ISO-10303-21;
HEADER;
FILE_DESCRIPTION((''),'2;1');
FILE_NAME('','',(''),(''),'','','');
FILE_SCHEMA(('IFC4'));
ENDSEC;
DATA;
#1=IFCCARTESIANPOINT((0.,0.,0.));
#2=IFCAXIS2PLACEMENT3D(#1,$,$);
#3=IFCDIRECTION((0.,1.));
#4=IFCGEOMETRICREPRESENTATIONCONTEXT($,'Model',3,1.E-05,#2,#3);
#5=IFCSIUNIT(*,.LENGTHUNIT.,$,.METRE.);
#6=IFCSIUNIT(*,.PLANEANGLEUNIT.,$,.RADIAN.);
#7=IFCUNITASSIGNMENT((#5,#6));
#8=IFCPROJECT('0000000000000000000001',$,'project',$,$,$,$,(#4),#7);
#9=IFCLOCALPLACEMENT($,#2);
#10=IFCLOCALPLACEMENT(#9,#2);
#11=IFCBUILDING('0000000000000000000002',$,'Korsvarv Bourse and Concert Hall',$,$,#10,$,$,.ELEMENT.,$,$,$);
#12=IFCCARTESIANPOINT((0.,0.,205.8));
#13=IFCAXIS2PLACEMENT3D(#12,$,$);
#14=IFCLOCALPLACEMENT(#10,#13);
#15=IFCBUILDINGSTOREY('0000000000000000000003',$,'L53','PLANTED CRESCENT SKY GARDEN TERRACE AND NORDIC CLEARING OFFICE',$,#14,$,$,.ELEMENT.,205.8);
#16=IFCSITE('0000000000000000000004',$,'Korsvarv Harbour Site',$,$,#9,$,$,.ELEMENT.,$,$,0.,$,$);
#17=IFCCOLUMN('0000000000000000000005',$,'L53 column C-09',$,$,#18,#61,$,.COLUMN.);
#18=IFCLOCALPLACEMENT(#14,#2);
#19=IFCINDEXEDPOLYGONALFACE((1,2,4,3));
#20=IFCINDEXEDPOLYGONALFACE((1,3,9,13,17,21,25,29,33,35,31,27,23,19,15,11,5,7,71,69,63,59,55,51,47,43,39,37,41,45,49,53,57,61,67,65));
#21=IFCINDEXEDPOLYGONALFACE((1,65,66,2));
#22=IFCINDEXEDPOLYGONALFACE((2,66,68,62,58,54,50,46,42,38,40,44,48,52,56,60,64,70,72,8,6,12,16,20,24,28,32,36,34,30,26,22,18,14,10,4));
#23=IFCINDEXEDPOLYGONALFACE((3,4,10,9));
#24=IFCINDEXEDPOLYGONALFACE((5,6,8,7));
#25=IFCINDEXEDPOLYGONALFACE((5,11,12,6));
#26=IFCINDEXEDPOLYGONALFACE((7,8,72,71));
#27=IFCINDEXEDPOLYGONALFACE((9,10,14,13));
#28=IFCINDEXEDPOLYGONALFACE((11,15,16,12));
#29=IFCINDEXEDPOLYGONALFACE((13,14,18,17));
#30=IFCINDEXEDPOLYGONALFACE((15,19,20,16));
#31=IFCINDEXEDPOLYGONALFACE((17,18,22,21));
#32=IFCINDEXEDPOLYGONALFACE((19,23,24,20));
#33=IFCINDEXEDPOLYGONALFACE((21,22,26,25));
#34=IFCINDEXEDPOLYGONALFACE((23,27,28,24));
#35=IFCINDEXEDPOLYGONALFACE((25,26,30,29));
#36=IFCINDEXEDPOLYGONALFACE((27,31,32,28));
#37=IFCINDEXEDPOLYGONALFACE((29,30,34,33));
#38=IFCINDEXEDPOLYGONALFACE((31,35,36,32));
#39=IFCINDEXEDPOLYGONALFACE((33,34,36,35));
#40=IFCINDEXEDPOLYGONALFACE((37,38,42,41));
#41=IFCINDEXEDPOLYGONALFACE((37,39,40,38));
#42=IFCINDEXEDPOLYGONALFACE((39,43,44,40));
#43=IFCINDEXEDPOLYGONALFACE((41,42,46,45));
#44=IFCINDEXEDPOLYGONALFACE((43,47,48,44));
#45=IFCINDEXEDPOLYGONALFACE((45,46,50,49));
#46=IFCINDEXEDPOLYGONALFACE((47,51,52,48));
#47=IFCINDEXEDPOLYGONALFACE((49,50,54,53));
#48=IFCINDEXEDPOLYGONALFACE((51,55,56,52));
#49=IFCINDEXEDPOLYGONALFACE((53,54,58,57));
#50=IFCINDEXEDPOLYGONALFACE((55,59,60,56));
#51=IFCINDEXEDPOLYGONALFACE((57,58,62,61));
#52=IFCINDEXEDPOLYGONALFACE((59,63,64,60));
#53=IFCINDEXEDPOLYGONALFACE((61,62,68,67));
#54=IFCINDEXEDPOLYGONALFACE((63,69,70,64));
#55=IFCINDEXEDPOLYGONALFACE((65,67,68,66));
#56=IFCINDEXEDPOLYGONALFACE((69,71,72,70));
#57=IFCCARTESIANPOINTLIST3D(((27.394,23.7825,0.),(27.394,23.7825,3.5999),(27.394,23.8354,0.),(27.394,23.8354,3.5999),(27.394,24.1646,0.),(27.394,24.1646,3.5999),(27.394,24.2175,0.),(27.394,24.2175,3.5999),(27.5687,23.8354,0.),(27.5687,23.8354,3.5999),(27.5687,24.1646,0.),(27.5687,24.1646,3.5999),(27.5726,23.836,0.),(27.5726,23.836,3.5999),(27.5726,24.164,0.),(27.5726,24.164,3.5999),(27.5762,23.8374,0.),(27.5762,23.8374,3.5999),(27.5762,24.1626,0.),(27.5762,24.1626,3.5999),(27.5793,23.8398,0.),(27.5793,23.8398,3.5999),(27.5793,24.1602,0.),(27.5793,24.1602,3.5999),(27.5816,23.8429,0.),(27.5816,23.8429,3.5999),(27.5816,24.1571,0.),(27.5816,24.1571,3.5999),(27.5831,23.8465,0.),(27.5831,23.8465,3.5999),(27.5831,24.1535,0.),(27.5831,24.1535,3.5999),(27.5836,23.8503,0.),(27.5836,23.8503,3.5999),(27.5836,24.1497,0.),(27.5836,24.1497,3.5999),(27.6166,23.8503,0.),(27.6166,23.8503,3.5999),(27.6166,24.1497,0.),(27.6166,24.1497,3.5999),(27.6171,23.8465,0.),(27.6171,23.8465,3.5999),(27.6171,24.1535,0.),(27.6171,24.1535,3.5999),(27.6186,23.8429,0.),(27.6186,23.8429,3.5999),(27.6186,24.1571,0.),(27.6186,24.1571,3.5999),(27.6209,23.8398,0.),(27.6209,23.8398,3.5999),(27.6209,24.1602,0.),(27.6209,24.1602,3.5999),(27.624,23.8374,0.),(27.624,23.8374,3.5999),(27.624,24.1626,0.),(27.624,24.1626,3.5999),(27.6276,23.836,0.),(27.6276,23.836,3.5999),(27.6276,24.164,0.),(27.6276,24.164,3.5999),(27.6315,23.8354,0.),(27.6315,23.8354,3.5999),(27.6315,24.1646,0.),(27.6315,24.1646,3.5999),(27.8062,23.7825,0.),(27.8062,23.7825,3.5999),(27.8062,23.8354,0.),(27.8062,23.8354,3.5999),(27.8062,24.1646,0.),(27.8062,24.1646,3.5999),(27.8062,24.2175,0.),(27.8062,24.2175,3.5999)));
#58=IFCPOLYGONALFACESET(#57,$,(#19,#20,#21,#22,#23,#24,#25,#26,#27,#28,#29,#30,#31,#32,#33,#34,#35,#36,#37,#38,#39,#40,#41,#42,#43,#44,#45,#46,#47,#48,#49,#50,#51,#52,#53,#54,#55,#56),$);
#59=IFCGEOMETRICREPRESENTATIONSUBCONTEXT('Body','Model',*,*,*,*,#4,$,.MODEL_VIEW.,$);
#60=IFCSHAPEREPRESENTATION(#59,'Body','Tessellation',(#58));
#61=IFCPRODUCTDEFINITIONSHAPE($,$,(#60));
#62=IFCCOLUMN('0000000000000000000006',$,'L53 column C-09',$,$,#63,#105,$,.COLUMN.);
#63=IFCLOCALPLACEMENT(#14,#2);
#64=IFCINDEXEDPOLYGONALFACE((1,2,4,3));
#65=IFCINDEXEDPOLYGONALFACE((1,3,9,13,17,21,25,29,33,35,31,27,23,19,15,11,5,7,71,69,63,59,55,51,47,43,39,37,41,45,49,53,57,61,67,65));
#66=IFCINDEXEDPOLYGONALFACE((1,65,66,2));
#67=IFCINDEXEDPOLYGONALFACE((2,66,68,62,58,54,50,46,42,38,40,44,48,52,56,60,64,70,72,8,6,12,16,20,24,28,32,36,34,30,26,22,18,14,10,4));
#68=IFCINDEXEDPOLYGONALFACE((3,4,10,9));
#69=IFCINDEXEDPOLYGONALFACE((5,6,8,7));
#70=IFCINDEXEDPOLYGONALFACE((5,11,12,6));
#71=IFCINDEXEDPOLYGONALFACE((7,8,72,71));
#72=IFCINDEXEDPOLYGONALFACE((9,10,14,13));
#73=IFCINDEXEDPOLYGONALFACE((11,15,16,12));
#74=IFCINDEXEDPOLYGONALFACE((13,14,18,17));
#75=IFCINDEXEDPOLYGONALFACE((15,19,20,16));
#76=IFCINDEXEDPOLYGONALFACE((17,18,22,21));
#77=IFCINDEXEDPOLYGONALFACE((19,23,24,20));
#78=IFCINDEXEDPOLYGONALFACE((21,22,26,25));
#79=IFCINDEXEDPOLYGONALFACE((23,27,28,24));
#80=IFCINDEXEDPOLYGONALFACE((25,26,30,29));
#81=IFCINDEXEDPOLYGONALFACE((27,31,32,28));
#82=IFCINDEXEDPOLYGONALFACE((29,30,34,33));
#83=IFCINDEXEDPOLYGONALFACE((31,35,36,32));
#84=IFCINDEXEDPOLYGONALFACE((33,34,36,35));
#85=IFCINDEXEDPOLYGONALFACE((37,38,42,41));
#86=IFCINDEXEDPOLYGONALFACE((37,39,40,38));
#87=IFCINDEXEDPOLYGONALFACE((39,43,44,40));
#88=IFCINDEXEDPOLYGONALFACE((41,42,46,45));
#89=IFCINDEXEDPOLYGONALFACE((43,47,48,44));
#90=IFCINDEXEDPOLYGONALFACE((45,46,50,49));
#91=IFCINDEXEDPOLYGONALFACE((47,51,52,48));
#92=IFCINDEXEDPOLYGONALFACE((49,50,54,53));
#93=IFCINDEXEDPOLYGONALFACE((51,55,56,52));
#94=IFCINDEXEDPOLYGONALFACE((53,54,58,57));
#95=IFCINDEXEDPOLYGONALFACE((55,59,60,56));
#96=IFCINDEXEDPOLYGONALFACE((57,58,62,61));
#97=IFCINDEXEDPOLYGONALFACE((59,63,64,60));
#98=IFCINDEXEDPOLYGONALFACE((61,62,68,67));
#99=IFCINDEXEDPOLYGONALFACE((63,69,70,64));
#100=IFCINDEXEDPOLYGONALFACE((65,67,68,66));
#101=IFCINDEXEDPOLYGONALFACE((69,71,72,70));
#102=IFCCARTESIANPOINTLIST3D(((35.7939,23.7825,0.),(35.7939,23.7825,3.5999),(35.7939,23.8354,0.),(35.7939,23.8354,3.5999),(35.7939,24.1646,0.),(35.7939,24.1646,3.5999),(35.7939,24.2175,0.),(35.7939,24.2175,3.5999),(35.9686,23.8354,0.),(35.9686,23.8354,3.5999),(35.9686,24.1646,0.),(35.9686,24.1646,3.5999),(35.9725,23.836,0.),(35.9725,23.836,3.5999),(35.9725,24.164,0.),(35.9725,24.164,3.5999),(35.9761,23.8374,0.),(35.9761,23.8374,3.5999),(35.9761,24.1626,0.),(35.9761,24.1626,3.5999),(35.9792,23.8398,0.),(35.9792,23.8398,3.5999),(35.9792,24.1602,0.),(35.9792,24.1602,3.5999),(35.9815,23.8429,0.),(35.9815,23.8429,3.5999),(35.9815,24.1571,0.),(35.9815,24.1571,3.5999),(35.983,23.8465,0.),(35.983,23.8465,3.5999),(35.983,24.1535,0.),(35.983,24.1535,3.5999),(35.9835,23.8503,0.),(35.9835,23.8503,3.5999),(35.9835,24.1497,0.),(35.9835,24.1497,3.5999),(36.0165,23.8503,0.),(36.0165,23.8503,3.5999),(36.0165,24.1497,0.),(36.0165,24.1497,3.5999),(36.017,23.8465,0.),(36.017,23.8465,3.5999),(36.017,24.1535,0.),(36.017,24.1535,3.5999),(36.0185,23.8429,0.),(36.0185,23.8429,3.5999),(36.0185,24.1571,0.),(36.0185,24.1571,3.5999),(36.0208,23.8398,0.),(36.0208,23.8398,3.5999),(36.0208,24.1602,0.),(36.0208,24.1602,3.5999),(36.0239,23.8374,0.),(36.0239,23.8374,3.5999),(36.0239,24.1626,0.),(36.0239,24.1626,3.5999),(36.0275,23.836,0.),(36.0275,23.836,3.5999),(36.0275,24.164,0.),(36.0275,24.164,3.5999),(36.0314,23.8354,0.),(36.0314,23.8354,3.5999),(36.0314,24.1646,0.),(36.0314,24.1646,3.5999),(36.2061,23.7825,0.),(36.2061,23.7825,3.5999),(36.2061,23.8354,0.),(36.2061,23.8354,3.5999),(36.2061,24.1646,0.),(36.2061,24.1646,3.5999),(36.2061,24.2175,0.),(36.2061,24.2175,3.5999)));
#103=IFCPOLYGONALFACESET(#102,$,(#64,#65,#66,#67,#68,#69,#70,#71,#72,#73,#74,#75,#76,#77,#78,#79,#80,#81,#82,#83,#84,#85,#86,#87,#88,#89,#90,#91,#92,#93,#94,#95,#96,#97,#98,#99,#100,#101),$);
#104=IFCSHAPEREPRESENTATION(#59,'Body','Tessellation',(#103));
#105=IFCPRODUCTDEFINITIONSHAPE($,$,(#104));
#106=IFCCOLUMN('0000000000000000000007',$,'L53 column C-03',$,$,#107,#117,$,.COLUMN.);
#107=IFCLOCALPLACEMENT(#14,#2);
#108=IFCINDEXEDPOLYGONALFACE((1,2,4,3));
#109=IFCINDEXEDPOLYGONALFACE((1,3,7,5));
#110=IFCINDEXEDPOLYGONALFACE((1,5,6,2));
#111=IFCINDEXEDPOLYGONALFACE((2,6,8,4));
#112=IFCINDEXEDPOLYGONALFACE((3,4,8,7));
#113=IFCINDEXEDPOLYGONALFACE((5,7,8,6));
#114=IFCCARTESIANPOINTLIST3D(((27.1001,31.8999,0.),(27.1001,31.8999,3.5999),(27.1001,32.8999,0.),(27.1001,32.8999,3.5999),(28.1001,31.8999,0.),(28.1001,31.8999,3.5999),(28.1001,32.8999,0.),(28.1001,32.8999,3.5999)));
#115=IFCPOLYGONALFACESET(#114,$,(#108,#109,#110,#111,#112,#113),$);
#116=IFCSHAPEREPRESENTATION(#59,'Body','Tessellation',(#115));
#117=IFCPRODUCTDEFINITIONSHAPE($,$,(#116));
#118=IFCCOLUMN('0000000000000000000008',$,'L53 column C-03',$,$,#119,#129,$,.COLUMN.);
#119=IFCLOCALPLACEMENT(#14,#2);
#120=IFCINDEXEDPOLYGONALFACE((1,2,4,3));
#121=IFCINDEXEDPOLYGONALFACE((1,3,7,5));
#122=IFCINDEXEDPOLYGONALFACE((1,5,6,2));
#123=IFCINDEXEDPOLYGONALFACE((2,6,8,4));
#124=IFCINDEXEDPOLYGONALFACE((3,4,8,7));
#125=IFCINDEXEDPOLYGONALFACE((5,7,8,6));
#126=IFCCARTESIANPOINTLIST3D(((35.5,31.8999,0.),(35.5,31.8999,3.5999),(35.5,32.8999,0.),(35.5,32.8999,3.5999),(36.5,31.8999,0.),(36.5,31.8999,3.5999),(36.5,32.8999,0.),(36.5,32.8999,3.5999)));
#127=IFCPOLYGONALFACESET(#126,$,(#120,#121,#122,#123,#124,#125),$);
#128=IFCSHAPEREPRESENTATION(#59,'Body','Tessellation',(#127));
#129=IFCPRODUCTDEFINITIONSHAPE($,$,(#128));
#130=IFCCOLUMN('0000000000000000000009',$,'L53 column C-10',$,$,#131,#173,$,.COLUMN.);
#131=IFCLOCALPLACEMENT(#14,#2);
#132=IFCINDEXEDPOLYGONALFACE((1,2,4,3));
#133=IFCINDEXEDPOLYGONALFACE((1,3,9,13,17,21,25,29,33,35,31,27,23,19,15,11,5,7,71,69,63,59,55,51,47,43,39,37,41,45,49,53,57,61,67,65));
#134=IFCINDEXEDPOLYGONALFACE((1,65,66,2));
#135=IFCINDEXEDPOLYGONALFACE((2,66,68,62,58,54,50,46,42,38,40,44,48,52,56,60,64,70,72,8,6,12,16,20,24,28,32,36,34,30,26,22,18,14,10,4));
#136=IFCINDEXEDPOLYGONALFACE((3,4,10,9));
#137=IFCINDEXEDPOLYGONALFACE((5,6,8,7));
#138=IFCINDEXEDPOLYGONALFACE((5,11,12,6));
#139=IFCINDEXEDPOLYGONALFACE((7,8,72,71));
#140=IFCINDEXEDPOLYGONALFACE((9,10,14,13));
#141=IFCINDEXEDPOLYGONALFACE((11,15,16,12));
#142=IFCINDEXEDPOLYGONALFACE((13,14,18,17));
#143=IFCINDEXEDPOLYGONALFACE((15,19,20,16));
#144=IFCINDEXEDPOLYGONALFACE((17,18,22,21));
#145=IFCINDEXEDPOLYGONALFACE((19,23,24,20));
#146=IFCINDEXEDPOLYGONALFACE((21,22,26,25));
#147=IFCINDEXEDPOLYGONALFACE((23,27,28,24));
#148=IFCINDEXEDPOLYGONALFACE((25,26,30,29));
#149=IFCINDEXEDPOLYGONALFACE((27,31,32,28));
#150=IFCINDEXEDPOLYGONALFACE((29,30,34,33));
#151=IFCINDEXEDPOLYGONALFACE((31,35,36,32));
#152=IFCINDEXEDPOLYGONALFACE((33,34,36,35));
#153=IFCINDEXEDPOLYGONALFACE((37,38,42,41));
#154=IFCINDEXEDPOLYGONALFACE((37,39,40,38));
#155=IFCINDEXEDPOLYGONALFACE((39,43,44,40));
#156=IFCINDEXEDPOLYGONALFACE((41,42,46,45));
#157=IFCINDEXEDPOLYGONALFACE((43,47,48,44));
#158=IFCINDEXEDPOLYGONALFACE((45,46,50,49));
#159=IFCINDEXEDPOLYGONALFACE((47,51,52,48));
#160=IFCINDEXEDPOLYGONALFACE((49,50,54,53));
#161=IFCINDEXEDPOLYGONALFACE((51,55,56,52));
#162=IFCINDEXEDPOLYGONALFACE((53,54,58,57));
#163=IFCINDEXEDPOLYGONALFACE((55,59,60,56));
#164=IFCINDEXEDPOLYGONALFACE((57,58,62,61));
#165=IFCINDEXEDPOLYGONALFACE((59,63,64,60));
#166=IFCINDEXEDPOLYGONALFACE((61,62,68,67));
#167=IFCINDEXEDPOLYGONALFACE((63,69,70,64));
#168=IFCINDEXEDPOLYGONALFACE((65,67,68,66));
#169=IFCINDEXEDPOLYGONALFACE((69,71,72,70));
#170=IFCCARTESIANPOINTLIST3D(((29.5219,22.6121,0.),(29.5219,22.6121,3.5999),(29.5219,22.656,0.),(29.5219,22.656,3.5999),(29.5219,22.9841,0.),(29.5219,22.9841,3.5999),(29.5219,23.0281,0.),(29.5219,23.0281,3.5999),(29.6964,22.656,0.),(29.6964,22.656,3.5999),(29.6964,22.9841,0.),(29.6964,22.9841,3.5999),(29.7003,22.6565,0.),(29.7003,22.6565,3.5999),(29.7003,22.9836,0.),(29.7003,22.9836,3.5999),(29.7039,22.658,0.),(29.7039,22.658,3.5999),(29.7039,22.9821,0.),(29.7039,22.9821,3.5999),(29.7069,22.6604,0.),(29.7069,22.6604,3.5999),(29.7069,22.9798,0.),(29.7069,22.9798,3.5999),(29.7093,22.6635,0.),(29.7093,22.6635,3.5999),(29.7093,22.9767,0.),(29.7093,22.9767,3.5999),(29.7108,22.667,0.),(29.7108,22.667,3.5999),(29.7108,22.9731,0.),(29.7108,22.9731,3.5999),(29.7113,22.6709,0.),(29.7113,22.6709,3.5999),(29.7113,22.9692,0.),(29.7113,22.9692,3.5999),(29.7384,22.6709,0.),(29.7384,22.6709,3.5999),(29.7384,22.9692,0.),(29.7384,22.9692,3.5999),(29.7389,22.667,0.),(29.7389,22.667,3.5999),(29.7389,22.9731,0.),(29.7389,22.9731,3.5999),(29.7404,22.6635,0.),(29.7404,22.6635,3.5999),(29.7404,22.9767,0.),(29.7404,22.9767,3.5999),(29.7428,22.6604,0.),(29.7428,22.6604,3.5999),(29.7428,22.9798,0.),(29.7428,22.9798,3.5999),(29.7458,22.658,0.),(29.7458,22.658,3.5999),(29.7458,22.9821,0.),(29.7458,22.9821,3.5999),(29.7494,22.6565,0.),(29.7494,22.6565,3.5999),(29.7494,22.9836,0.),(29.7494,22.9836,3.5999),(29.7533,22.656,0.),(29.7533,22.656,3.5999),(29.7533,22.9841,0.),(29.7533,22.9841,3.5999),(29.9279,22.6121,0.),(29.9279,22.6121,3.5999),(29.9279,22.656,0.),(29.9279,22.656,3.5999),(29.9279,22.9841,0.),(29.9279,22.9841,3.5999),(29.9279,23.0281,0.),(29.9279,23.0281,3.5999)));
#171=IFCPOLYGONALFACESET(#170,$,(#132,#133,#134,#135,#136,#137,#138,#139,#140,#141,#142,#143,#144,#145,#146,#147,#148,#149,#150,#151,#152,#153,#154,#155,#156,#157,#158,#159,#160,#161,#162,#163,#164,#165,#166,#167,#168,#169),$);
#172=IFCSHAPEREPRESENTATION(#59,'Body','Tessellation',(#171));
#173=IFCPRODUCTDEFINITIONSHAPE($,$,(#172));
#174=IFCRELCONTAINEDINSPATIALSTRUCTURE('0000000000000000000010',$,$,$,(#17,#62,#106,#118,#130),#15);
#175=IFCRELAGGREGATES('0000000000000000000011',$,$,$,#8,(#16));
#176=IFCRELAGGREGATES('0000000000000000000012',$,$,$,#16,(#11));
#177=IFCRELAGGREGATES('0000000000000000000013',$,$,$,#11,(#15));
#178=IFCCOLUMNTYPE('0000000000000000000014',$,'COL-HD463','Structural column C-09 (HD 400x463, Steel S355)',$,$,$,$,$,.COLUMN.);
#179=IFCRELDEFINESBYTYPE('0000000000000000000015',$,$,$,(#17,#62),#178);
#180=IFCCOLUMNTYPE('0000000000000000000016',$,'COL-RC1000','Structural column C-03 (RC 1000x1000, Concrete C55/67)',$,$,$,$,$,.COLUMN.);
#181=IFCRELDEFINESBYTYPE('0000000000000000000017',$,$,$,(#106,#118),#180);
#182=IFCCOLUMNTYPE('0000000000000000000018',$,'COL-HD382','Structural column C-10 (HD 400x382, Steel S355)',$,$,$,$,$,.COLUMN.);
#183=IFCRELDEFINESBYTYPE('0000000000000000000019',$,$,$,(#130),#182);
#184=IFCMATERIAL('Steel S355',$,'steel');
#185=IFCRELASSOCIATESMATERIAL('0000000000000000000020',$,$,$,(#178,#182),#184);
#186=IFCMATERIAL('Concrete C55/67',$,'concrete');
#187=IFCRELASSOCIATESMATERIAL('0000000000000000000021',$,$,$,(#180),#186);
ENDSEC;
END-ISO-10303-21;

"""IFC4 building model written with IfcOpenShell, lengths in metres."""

from ifc_helpers import new_model, si_unit, direction, frame, origin, origin_2d, place, context, subcontext, project, spatial, rectangle, i_section, extrude, source, transform, mapped, material, material_profile, profile_set, type_object, element, save


model = new_model("IFC4")

# Units and contexts
model_context = context("Model", 3, precision=1e-05, world=origin(), true_north=direction((0.0, 1.0)))
body_context = subcontext(model_context, "Body", "Model", "MODEL_VIEW")
ifc_project = project(units=[si_unit("LENGTHUNIT", "METRE"), si_unit("PLANEANGLEUNIT", "RADIAN")], contexts=[model_context])

# Site, building, storey
site_placement = place(None, origin())
site = spatial("IfcSite", under=ifc_project, at=site_placement, Name="Korsvarv Harbour Site", CompositionType="ELEMENT", RefElevation=0.0)
building_placement = place(site_placement, origin())
building = spatial("IfcBuilding", under=site, at=building_placement, Name="Korsvarv Bourse and Concert Hall", CompositionType="ELEMENT")
storey_placement = place(building_placement, frame((0.0, 0.0, 205.8)))
storey = spatial("IfcBuildingStorey", under=building, at=storey_placement, Name="L53", Description="PLANTED CRESCENT SKY GARDEN TERRACE AND NORDIC CLEARING OFFICE", CompositionType="ELEMENT", Elevation=205.8)

# Columns
ifc_material_1 = material(Name="Steel S355", Category="steel")
ifc_material_profile_1 = material_profile(ifc_material_1, i_section(OverallWidth=0.4121, OverallDepth=0.4351, WebThickness=0.033, FlangeThickness=0.053, FilletRadius=0.0149, at=origin_2d()), Name="HD 400x463")
ifc_profile_set_1 = profile_set([ifc_material_profile_1], Name="Steel S355")
column_type_1 = type_object("IfcColumnType", Name="COL-HD463", Description="Structural column C-09 (HD 400x463, Steel S355)", PredefinedType="COLUMN", material=ifc_profile_set_1)
shared_shape_1 = source(origin(), body_context, "Body", "SweptSolid", [
    extrude(i_section(OverallWidth=0.4121, OverallDepth=0.4351, WebThickness=0.033, FlangeThickness=0.053, FilletRadius=0.0149, at=origin_2d()), origin(), (0.0, 0.0, 1.0), 3.5999),
])
for number, where, z_axis, x_axis, name in (
    (1, (27.6001, 24.0, 0.0), (0.0, 0.0, 1.0), (1.0, 0.0, 0.0), "L53 column C-09"),
    (2, (36.0, 24.0, 0.0), (0.0, 0.0, 1.0), (1.0, 0.0, 0.0), "L53 column C-09"),
):
    element("IfcColumn", number, at=place(storey_placement, frame(where, z_axis=z_axis, x_axis=x_axis)), inside=storey, type_object=column_type_1, Name=name, PredefinedType="COLUMN", context=body_context, shape_type="MappedRepresentation", body=[
        mapped(shared_shape_1, transform((0.0, 0.0, 0.0), scale=1.0)),
    ])
ifc_material_2 = material(Name="Concrete C55/67", Category="concrete")
ifc_material_profile_2 = material_profile(ifc_material_2, rectangle(XDim=1.0, YDim=1.0, at=origin_2d()), Name="RC 1000x1000")
ifc_profile_set_2 = profile_set([ifc_material_profile_2], Name="Concrete C55/67")
column_type_2 = type_object("IfcColumnType", Name="COL-RC1000", Description="Structural column C-03 (RC 1000x1000, Concrete C55/67)", PredefinedType="COLUMN", material=ifc_profile_set_2)
shared_shape_2 = source(origin(), body_context, "Body", "SweptSolid", [
    extrude(rectangle(XDim=1.0, YDim=1.0, at=origin_2d()), origin(), (0.0, 0.0, 1.0), 3.5999),
])
for number, where, z_axis, x_axis, name in (
    (3, (27.6001, 32.3999, 0.0), (0.0, 0.0, 1.0), (1.0, 0.0, 0.0), "L53 column C-03"),
    (4, (36.0, 32.3999, 0.0), (0.0, 0.0, 1.0), (1.0, 0.0, 0.0), "L53 column C-03"),
):
    element("IfcColumn", number, at=place(storey_placement, frame(where, z_axis=z_axis, x_axis=x_axis)), inside=storey, type_object=column_type_2, Name=name, PredefinedType="COLUMN", context=body_context, shape_type="MappedRepresentation", body=[
        mapped(shared_shape_2, transform((0.0, 0.0, 0.0), scale=1.0)),
    ])
ifc_material_profile_3 = material_profile(ifc_material_1, i_section(OverallWidth=0.406, OverallDepth=0.416, WebThickness=0.0271, FlangeThickness=0.0439, FilletRadius=0.0149, at=origin_2d()), Name="HD 400x382")
ifc_profile_set_3 = profile_set([ifc_material_profile_3], Name="Steel S355")
column_type_3 = type_object("IfcColumnType", Name="COL-HD382", Description="Structural column C-10 (HD 400x382, Steel S355)", PredefinedType="COLUMN", material=ifc_profile_set_3)
shared_shape_3 = source(origin(), body_context, "Body", "SweptSolid", [
    extrude(i_section(OverallWidth=0.406, OverallDepth=0.416, WebThickness=0.0271, FlangeThickness=0.0439, FilletRadius=0.0149, at=origin_2d()), origin(), (0.0, 0.0, 1.0), 3.5999),
])
column_placement = place(storey_placement, frame((29.7249, 22.8201, 0.0), z_axis=(0.0, 0.0, 1.0), x_axis=(1.0, 0.0, 0.0)))
element("IfcColumn", 5, at=column_placement, inside=storey, type_object=column_type_3, Name="L53 column C-10", PredefinedType="COLUMN", context=body_context, shape_type="MappedRepresentation", body=[
    mapped(shared_shape_3, transform((0.0, 0.0, 0.0), scale=1.0)),
])

save(model, "model.ifc")
